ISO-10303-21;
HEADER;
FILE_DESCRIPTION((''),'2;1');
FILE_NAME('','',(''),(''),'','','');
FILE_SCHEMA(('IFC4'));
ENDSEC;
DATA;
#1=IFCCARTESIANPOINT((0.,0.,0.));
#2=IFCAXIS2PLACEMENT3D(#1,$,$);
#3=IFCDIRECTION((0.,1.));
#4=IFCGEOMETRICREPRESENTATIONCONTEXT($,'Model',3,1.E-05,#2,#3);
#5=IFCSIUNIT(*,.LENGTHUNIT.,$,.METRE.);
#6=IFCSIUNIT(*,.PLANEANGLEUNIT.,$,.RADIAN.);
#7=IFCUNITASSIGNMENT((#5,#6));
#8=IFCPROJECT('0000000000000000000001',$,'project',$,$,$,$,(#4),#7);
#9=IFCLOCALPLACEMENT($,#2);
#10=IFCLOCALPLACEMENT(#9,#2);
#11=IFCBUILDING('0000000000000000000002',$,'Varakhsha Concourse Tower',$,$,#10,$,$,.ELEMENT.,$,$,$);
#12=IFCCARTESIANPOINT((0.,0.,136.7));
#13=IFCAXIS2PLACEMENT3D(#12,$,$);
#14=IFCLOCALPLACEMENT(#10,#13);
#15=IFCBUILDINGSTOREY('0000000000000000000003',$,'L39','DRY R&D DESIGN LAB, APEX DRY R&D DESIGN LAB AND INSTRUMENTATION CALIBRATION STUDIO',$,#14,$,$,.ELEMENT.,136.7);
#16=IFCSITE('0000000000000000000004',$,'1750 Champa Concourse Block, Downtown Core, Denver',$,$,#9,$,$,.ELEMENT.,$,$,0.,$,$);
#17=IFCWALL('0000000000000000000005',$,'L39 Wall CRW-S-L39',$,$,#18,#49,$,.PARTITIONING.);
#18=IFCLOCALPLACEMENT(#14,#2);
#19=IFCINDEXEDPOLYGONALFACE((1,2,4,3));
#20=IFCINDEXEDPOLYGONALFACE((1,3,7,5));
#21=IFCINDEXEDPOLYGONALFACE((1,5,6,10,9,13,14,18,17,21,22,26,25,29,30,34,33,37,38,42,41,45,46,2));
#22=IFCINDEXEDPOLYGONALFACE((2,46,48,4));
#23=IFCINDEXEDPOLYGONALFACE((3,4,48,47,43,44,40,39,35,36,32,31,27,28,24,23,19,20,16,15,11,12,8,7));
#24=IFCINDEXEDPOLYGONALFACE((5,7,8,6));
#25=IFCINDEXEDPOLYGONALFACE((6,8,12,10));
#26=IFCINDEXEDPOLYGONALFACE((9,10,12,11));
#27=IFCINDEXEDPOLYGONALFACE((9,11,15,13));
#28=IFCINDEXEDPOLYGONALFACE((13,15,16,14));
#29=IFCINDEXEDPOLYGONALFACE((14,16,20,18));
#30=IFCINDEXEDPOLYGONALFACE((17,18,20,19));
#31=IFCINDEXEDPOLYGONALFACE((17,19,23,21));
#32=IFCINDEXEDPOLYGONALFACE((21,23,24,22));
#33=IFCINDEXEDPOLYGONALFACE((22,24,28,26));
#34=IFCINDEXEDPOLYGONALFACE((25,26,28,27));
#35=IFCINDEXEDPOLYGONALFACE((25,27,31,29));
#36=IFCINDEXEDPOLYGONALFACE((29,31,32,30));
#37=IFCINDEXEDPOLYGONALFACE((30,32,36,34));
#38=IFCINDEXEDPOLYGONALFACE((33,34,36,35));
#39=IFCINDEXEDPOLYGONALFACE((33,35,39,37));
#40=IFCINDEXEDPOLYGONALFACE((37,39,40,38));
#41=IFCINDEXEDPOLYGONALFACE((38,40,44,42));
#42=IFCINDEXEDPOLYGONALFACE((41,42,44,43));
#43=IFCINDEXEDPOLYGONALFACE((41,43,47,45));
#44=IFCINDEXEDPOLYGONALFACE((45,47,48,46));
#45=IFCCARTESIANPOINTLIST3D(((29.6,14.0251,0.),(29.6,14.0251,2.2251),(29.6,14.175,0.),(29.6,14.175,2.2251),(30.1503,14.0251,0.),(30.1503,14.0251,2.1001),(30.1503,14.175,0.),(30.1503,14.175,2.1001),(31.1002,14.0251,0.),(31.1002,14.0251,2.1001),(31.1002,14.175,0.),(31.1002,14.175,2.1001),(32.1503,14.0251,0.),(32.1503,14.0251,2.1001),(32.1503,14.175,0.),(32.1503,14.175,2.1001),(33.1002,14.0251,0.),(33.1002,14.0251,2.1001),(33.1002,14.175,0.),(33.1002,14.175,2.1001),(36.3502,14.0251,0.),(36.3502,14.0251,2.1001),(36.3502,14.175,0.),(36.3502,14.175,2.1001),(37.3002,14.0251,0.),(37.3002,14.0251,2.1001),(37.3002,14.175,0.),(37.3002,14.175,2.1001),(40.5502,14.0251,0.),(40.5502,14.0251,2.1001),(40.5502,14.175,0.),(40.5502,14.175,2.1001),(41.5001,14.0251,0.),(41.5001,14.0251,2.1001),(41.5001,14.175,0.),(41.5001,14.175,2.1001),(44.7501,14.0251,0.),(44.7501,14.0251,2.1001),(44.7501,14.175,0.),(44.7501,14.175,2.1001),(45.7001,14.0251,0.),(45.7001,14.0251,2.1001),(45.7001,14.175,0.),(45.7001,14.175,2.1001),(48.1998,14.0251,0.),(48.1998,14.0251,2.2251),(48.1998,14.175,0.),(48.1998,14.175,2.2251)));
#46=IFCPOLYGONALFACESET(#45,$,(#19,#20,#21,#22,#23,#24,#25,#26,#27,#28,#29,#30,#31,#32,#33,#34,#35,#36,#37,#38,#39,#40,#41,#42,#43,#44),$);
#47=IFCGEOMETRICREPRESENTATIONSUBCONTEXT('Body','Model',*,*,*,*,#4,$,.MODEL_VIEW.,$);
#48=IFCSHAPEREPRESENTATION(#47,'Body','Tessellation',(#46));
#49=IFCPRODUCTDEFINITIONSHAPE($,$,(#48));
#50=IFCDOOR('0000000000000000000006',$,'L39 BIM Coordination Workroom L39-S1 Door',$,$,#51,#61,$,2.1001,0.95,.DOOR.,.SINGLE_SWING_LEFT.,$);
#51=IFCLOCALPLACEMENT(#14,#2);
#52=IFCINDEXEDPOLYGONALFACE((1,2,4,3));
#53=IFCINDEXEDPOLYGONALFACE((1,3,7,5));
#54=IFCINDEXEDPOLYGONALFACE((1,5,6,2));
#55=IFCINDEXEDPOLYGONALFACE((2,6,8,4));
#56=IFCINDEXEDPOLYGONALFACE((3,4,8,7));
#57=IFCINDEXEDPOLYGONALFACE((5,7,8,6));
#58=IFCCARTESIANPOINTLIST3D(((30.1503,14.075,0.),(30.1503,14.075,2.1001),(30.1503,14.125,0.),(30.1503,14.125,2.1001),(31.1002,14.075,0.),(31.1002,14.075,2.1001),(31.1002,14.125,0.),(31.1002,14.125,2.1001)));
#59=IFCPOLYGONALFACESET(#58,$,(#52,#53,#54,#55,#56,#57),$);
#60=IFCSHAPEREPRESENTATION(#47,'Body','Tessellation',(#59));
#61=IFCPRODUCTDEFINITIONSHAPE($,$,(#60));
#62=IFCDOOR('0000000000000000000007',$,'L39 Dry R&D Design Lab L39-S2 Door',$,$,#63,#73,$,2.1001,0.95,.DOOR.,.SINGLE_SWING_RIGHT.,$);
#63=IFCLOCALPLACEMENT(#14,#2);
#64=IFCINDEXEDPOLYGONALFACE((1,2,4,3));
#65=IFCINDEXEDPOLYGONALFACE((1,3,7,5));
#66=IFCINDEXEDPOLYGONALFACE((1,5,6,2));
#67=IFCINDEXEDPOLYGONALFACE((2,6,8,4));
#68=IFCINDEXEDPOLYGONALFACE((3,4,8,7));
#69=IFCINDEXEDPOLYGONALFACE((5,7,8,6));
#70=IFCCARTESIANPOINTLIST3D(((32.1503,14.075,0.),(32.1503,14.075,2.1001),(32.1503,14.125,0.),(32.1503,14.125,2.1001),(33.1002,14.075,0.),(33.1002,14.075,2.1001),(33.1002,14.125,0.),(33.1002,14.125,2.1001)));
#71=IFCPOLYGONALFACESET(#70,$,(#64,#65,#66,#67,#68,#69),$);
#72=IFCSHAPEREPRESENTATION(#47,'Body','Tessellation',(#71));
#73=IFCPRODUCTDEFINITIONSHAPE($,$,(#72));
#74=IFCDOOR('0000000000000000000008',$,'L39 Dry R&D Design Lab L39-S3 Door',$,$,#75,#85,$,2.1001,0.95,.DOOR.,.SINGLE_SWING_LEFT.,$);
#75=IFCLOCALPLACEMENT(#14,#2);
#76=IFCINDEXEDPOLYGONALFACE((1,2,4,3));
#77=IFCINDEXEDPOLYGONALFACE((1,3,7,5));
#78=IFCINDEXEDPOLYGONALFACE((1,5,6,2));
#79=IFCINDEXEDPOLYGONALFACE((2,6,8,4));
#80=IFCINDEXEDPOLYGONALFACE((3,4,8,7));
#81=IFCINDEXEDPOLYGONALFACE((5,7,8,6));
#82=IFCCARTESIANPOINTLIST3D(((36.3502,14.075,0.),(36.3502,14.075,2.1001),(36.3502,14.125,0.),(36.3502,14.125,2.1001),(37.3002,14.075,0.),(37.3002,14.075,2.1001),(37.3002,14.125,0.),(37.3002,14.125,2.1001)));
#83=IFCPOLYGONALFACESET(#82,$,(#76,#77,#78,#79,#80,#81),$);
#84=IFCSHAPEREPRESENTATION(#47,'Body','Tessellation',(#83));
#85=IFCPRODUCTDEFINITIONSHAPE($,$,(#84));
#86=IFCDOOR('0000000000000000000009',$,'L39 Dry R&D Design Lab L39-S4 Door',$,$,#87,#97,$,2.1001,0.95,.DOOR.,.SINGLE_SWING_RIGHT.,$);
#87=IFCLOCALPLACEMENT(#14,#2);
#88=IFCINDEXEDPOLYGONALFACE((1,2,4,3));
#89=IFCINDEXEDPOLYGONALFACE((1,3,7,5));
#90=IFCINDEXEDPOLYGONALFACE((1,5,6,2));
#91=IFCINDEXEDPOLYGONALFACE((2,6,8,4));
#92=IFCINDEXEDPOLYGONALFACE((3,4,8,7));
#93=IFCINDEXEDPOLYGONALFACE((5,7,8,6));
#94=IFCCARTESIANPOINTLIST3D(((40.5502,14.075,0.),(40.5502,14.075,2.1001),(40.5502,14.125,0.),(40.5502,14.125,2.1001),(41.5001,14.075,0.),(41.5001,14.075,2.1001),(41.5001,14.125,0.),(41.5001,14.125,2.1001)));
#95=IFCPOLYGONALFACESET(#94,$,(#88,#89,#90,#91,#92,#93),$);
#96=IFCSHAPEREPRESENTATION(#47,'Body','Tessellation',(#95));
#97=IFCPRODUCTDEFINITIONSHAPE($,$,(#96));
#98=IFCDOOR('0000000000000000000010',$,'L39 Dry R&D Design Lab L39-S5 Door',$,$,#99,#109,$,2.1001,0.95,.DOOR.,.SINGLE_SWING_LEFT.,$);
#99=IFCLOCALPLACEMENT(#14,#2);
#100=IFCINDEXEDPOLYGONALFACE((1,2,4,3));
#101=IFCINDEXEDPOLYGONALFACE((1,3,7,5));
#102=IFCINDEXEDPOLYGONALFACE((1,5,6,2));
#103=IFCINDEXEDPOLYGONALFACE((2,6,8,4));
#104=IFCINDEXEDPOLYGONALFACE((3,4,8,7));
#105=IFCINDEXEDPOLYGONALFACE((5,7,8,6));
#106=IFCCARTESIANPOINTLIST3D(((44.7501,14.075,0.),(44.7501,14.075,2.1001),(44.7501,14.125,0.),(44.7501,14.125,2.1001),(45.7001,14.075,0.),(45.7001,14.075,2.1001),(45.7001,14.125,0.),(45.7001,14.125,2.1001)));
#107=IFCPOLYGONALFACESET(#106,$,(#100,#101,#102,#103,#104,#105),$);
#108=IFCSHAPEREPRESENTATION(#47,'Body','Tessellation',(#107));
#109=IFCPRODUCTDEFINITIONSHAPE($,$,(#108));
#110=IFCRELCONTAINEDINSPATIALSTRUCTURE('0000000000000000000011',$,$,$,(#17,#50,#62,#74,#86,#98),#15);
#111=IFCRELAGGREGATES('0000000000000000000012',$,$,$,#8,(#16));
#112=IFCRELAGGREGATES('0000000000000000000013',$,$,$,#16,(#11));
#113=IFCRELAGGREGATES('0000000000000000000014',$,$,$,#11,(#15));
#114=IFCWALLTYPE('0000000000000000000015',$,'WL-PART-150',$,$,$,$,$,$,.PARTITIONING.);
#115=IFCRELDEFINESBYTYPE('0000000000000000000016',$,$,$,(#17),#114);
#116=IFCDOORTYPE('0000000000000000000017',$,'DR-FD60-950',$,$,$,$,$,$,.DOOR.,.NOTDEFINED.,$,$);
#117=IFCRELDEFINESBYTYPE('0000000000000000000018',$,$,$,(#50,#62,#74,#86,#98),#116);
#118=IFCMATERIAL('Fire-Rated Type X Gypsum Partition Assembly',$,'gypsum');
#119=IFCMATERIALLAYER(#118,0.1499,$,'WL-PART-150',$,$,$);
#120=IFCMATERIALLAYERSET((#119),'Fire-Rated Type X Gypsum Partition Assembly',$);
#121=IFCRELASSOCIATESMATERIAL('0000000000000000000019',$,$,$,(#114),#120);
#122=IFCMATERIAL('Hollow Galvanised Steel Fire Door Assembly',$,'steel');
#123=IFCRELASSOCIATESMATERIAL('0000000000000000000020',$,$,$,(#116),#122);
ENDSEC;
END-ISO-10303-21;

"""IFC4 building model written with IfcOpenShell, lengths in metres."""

from ifc_helpers import new_model, si_unit, direction, frame, frame_2d, origin, place, context, subcontext, project, spatial, rectangle, extrude, material, layer, layer_set, type_object, element, fill, save


model = new_model("IFC4")

# Units and contexts
model_context = context("Model", 3, precision=1e-05, world=origin(), true_north=direction((0.0, 1.0)))
body_context = subcontext(model_context, "Body", "Model", "MODEL_VIEW")
ifc_project = project(units=[si_unit("LENGTHUNIT", "METRE"), si_unit("PLANEANGLEUNIT", "RADIAN")], contexts=[model_context])

# Site, building, storey
site_placement = place(None, origin())
site = spatial("IfcSite", under=ifc_project, at=site_placement, Name="1750 Champa Concourse Block, Downtown Core, Denver", CompositionType="ELEMENT", RefElevation=0.0)
building_placement = place(site_placement, origin())
building = spatial("IfcBuilding", under=site, at=building_placement, Name="Varakhsha Concourse Tower", CompositionType="ELEMENT")
storey_placement = place(building_placement, frame((0.0, 0.0, 136.7)))
storey = spatial("IfcBuildingStorey", under=building, at=storey_placement, Name="L39", Description="DRY R&D DESIGN LAB, APEX DRY R&D DESIGN LAB AND INSTRUMENTATION CALIBRATION STUDIO", CompositionType="ELEMENT", Elevation=136.7)

# Wall, openings, doors
ifc_material_1 = material(Name="Fire-Rated Type X Gypsum Partition Assembly", Category="gypsum")
ifc_layer = layer(ifc_material_1, 0.1499, Name="WL-PART-150")
ifc_layer_set = layer_set([ifc_layer], Name="Fire-Rated Type X Gypsum Partition Assembly")
wall_type = type_object("IfcWallType", Name="WL-PART-150", PredefinedType="PARTITIONING", material=ifc_layer_set)
wall_1_placement = place(storey_placement, frame((29.6001, 14.1001, 0.0), z_axis=(0.0, 0.0, 1.0), x_axis=(1.0, 0.0, 0.0)))
wall_1 = element("IfcWall", 1, at=wall_1_placement, inside=storey, type_object=wall_type, Name="L39 Wall CRW-S-L39", PredefinedType="PARTITIONING", context=body_context, shape_type="SweptSolid", body=[
    extrude(rectangle(XDim=18.5999, YDim=0.1499, at=frame_2d((9.2998, 0.0))), origin(), (0.0, 0.0, 1.0), 2.2251),
])
opening_1_placement = place(wall_1_placement, frame((0.55, 0.0, 0.0)))
opening_1 = element("IfcOpeningElement", 2, at=opening_1_placement, cuts=wall_1, PredefinedType="OPENING", context=body_context, shape_type="SweptSolid", body=[
    extrude(rectangle(XDim=0.95, YDim=2.1001, at=frame_2d((0.4751, 1.05))), frame((0.0, 0.085, 0.0), z_axis=(0.0, -1.0, 0.0), x_axis=(1.0, 0.0, 0.0)), (0.0, 0.0, 1.0), 0.1699),
])
opening_2_placement = place(wall_1_placement, frame((2.55, 0.0, 0.0)))
opening_2 = element("IfcOpeningElement", 3, at=opening_2_placement, cuts=wall_1, PredefinedType="OPENING", context=body_context, shape_type="SweptSolid", body=[
    extrude(rectangle(XDim=0.95, YDim=2.1001, at=frame_2d((0.4751, 1.05))), frame((0.0, 0.085, 0.0), z_axis=(0.0, -1.0, 0.0), x_axis=(1.0, 0.0, 0.0)), (0.0, 0.0, 1.0), 0.1699),
])
opening_3_placement = place(wall_1_placement, frame((6.75, 0.0, 0.0)))
opening_3 = element("IfcOpeningElement", 4, at=opening_3_placement, cuts=wall_1, PredefinedType="OPENING", context=body_context, shape_type="SweptSolid", body=[
    extrude(rectangle(XDim=0.95, YDim=2.1001, at=frame_2d((0.4751, 1.05))), frame((0.0, 0.085, 0.0), z_axis=(0.0, -1.0, 0.0), x_axis=(1.0, 0.0, 0.0)), (0.0, 0.0, 1.0), 0.1699),
])
opening_4_placement = place(wall_1_placement, frame((10.95, 0.0, 0.0)))
opening_4 = element("IfcOpeningElement", 5, at=opening_4_placement, cuts=wall_1, PredefinedType="OPENING", context=body_context, shape_type="SweptSolid", body=[
    extrude(rectangle(XDim=0.95, YDim=2.1001, at=frame_2d((0.4751, 1.05))), frame((0.0, 0.085, 0.0), z_axis=(0.0, -1.0, 0.0), x_axis=(1.0, 0.0, 0.0)), (0.0, 0.0, 1.0), 0.1699),
])
opening_5_placement = place(wall_1_placement, frame((15.1499, 0.0, 0.0)))
opening_5 = element("IfcOpeningElement", 6, at=opening_5_placement, cuts=wall_1, PredefinedType="OPENING", context=body_context, shape_type="SweptSolid", body=[
    extrude(rectangle(XDim=0.95, YDim=2.1001, at=frame_2d((0.4751, 1.05))), frame((0.0, 0.085, 0.0), z_axis=(0.0, -1.0, 0.0), x_axis=(1.0, 0.0, 0.0)), (0.0, 0.0, 1.0), 0.1699),
])
ifc_material_2 = material(Name="Hollow Galvanised Steel Fire Door Assembly", Category="steel")
door_type_1 = type_object("IfcDoorType", Name="DR-FD60-950", OperationType="NOTDEFINED", PredefinedType="DOOR", material=ifc_material_2)
door_1_placement = place(opening_1_placement, origin())
door_1 = element("IfcDoor", 7, at=door_1_placement, inside=storey, type_object=door_type_1, Name="L39 BIM Coordination Workroom L39-S1 Door", OperationType="SINGLE_SWING_LEFT", OverallHeight=2.1001, OverallWidth=0.95, PredefinedType="DOOR", context=body_context, shape_type="SweptSolid", body=[
    extrude(rectangle(XDim=0.95, YDim=2.1001, at=frame_2d((0.4751, 1.05))), frame((0.0, 0.0249, 0.0), z_axis=(0.0, -1.0, 0.0), x_axis=(1.0, 0.0, 0.0)), (0.0, 0.0, 1.0), 0.05),
])
fill(opening_1, door_1)
door_2_placement = place(opening_2_placement, origin())
door_2 = element("IfcDoor", 8, at=door_2_placement, inside=storey, type_object=door_type_1, Name="L39 Dry R&D Design Lab L39-S2 Door", OperationType="SINGLE_SWING_RIGHT", OverallHeight=2.1001, OverallWidth=0.95, PredefinedType="DOOR", context=body_context, shape_type="SweptSolid", body=[
    extrude(rectangle(XDim=0.95, YDim=2.1001, at=frame_2d((0.4751, 1.05))), frame((0.0, 0.0249, 0.0), z_axis=(0.0, -1.0, 0.0), x_axis=(1.0, 0.0, 0.0)), (0.0, 0.0, 1.0), 0.05),
])
fill(opening_2, door_2)
door_3_placement = place(opening_3_placement, origin())
door_3 = element("IfcDoor", 9, at=door_3_placement, inside=storey, type_object=door_type_1, Name="L39 Dry R&D Design Lab L39-S3 Door", OperationType="SINGLE_SWING_LEFT", OverallHeight=2.1001, OverallWidth=0.95, PredefinedType="DOOR", context=body_context, shape_type="SweptSolid", body=[
    extrude(rectangle(XDim=0.95, YDim=2.1001, at=frame_2d((0.4751, 1.05))), frame((0.0, 0.0249, 0.0), z_axis=(0.0, -1.0, 0.0), x_axis=(1.0, 0.0, 0.0)), (0.0, 0.0, 1.0), 0.05),
])
fill(opening_3, door_3)
door_4_placement = place(opening_4_placement, origin())
door_4 = element("IfcDoor", 10, at=door_4_placement, inside=storey, type_object=door_type_1, Name="L39 Dry R&D Design Lab L39-S4 Door", OperationType="SINGLE_SWING_RIGHT", OverallHeight=2.1001, OverallWidth=0.95, PredefinedType="DOOR", context=body_context, shape_type="SweptSolid", body=[
    extrude(rectangle(XDim=0.95, YDim=2.1001, at=frame_2d((0.4751, 1.05))), frame((0.0, 0.0249, 0.0), z_axis=(0.0, -1.0, 0.0), x_axis=(1.0, 0.0, 0.0)), (0.0, 0.0, 1.0), 0.05),
])
fill(opening_4, door_4)
door_5_placement = place(opening_5_placement, origin())
door_5 = element("IfcDoor", 11, at=door_5_placement, inside=storey, type_object=door_type_1, Name="L39 Dry R&D Design Lab L39-S5 Door", OperationType="SINGLE_SWING_LEFT", OverallHeight=2.1001, OverallWidth=0.95, PredefinedType="DOOR", context=body_context, shape_type="SweptSolid", body=[
    extrude(rectangle(XDim=0.95, YDim=2.1001, at=frame_2d((0.4751, 1.05))), frame((0.0, 0.0249, 0.0), z_axis=(0.0, -1.0, 0.0), x_axis=(1.0, 0.0, 0.0)), (0.0, 0.0, 1.0), 0.05),
])
fill(opening_5, door_5)

save(model, "model.ifc")
